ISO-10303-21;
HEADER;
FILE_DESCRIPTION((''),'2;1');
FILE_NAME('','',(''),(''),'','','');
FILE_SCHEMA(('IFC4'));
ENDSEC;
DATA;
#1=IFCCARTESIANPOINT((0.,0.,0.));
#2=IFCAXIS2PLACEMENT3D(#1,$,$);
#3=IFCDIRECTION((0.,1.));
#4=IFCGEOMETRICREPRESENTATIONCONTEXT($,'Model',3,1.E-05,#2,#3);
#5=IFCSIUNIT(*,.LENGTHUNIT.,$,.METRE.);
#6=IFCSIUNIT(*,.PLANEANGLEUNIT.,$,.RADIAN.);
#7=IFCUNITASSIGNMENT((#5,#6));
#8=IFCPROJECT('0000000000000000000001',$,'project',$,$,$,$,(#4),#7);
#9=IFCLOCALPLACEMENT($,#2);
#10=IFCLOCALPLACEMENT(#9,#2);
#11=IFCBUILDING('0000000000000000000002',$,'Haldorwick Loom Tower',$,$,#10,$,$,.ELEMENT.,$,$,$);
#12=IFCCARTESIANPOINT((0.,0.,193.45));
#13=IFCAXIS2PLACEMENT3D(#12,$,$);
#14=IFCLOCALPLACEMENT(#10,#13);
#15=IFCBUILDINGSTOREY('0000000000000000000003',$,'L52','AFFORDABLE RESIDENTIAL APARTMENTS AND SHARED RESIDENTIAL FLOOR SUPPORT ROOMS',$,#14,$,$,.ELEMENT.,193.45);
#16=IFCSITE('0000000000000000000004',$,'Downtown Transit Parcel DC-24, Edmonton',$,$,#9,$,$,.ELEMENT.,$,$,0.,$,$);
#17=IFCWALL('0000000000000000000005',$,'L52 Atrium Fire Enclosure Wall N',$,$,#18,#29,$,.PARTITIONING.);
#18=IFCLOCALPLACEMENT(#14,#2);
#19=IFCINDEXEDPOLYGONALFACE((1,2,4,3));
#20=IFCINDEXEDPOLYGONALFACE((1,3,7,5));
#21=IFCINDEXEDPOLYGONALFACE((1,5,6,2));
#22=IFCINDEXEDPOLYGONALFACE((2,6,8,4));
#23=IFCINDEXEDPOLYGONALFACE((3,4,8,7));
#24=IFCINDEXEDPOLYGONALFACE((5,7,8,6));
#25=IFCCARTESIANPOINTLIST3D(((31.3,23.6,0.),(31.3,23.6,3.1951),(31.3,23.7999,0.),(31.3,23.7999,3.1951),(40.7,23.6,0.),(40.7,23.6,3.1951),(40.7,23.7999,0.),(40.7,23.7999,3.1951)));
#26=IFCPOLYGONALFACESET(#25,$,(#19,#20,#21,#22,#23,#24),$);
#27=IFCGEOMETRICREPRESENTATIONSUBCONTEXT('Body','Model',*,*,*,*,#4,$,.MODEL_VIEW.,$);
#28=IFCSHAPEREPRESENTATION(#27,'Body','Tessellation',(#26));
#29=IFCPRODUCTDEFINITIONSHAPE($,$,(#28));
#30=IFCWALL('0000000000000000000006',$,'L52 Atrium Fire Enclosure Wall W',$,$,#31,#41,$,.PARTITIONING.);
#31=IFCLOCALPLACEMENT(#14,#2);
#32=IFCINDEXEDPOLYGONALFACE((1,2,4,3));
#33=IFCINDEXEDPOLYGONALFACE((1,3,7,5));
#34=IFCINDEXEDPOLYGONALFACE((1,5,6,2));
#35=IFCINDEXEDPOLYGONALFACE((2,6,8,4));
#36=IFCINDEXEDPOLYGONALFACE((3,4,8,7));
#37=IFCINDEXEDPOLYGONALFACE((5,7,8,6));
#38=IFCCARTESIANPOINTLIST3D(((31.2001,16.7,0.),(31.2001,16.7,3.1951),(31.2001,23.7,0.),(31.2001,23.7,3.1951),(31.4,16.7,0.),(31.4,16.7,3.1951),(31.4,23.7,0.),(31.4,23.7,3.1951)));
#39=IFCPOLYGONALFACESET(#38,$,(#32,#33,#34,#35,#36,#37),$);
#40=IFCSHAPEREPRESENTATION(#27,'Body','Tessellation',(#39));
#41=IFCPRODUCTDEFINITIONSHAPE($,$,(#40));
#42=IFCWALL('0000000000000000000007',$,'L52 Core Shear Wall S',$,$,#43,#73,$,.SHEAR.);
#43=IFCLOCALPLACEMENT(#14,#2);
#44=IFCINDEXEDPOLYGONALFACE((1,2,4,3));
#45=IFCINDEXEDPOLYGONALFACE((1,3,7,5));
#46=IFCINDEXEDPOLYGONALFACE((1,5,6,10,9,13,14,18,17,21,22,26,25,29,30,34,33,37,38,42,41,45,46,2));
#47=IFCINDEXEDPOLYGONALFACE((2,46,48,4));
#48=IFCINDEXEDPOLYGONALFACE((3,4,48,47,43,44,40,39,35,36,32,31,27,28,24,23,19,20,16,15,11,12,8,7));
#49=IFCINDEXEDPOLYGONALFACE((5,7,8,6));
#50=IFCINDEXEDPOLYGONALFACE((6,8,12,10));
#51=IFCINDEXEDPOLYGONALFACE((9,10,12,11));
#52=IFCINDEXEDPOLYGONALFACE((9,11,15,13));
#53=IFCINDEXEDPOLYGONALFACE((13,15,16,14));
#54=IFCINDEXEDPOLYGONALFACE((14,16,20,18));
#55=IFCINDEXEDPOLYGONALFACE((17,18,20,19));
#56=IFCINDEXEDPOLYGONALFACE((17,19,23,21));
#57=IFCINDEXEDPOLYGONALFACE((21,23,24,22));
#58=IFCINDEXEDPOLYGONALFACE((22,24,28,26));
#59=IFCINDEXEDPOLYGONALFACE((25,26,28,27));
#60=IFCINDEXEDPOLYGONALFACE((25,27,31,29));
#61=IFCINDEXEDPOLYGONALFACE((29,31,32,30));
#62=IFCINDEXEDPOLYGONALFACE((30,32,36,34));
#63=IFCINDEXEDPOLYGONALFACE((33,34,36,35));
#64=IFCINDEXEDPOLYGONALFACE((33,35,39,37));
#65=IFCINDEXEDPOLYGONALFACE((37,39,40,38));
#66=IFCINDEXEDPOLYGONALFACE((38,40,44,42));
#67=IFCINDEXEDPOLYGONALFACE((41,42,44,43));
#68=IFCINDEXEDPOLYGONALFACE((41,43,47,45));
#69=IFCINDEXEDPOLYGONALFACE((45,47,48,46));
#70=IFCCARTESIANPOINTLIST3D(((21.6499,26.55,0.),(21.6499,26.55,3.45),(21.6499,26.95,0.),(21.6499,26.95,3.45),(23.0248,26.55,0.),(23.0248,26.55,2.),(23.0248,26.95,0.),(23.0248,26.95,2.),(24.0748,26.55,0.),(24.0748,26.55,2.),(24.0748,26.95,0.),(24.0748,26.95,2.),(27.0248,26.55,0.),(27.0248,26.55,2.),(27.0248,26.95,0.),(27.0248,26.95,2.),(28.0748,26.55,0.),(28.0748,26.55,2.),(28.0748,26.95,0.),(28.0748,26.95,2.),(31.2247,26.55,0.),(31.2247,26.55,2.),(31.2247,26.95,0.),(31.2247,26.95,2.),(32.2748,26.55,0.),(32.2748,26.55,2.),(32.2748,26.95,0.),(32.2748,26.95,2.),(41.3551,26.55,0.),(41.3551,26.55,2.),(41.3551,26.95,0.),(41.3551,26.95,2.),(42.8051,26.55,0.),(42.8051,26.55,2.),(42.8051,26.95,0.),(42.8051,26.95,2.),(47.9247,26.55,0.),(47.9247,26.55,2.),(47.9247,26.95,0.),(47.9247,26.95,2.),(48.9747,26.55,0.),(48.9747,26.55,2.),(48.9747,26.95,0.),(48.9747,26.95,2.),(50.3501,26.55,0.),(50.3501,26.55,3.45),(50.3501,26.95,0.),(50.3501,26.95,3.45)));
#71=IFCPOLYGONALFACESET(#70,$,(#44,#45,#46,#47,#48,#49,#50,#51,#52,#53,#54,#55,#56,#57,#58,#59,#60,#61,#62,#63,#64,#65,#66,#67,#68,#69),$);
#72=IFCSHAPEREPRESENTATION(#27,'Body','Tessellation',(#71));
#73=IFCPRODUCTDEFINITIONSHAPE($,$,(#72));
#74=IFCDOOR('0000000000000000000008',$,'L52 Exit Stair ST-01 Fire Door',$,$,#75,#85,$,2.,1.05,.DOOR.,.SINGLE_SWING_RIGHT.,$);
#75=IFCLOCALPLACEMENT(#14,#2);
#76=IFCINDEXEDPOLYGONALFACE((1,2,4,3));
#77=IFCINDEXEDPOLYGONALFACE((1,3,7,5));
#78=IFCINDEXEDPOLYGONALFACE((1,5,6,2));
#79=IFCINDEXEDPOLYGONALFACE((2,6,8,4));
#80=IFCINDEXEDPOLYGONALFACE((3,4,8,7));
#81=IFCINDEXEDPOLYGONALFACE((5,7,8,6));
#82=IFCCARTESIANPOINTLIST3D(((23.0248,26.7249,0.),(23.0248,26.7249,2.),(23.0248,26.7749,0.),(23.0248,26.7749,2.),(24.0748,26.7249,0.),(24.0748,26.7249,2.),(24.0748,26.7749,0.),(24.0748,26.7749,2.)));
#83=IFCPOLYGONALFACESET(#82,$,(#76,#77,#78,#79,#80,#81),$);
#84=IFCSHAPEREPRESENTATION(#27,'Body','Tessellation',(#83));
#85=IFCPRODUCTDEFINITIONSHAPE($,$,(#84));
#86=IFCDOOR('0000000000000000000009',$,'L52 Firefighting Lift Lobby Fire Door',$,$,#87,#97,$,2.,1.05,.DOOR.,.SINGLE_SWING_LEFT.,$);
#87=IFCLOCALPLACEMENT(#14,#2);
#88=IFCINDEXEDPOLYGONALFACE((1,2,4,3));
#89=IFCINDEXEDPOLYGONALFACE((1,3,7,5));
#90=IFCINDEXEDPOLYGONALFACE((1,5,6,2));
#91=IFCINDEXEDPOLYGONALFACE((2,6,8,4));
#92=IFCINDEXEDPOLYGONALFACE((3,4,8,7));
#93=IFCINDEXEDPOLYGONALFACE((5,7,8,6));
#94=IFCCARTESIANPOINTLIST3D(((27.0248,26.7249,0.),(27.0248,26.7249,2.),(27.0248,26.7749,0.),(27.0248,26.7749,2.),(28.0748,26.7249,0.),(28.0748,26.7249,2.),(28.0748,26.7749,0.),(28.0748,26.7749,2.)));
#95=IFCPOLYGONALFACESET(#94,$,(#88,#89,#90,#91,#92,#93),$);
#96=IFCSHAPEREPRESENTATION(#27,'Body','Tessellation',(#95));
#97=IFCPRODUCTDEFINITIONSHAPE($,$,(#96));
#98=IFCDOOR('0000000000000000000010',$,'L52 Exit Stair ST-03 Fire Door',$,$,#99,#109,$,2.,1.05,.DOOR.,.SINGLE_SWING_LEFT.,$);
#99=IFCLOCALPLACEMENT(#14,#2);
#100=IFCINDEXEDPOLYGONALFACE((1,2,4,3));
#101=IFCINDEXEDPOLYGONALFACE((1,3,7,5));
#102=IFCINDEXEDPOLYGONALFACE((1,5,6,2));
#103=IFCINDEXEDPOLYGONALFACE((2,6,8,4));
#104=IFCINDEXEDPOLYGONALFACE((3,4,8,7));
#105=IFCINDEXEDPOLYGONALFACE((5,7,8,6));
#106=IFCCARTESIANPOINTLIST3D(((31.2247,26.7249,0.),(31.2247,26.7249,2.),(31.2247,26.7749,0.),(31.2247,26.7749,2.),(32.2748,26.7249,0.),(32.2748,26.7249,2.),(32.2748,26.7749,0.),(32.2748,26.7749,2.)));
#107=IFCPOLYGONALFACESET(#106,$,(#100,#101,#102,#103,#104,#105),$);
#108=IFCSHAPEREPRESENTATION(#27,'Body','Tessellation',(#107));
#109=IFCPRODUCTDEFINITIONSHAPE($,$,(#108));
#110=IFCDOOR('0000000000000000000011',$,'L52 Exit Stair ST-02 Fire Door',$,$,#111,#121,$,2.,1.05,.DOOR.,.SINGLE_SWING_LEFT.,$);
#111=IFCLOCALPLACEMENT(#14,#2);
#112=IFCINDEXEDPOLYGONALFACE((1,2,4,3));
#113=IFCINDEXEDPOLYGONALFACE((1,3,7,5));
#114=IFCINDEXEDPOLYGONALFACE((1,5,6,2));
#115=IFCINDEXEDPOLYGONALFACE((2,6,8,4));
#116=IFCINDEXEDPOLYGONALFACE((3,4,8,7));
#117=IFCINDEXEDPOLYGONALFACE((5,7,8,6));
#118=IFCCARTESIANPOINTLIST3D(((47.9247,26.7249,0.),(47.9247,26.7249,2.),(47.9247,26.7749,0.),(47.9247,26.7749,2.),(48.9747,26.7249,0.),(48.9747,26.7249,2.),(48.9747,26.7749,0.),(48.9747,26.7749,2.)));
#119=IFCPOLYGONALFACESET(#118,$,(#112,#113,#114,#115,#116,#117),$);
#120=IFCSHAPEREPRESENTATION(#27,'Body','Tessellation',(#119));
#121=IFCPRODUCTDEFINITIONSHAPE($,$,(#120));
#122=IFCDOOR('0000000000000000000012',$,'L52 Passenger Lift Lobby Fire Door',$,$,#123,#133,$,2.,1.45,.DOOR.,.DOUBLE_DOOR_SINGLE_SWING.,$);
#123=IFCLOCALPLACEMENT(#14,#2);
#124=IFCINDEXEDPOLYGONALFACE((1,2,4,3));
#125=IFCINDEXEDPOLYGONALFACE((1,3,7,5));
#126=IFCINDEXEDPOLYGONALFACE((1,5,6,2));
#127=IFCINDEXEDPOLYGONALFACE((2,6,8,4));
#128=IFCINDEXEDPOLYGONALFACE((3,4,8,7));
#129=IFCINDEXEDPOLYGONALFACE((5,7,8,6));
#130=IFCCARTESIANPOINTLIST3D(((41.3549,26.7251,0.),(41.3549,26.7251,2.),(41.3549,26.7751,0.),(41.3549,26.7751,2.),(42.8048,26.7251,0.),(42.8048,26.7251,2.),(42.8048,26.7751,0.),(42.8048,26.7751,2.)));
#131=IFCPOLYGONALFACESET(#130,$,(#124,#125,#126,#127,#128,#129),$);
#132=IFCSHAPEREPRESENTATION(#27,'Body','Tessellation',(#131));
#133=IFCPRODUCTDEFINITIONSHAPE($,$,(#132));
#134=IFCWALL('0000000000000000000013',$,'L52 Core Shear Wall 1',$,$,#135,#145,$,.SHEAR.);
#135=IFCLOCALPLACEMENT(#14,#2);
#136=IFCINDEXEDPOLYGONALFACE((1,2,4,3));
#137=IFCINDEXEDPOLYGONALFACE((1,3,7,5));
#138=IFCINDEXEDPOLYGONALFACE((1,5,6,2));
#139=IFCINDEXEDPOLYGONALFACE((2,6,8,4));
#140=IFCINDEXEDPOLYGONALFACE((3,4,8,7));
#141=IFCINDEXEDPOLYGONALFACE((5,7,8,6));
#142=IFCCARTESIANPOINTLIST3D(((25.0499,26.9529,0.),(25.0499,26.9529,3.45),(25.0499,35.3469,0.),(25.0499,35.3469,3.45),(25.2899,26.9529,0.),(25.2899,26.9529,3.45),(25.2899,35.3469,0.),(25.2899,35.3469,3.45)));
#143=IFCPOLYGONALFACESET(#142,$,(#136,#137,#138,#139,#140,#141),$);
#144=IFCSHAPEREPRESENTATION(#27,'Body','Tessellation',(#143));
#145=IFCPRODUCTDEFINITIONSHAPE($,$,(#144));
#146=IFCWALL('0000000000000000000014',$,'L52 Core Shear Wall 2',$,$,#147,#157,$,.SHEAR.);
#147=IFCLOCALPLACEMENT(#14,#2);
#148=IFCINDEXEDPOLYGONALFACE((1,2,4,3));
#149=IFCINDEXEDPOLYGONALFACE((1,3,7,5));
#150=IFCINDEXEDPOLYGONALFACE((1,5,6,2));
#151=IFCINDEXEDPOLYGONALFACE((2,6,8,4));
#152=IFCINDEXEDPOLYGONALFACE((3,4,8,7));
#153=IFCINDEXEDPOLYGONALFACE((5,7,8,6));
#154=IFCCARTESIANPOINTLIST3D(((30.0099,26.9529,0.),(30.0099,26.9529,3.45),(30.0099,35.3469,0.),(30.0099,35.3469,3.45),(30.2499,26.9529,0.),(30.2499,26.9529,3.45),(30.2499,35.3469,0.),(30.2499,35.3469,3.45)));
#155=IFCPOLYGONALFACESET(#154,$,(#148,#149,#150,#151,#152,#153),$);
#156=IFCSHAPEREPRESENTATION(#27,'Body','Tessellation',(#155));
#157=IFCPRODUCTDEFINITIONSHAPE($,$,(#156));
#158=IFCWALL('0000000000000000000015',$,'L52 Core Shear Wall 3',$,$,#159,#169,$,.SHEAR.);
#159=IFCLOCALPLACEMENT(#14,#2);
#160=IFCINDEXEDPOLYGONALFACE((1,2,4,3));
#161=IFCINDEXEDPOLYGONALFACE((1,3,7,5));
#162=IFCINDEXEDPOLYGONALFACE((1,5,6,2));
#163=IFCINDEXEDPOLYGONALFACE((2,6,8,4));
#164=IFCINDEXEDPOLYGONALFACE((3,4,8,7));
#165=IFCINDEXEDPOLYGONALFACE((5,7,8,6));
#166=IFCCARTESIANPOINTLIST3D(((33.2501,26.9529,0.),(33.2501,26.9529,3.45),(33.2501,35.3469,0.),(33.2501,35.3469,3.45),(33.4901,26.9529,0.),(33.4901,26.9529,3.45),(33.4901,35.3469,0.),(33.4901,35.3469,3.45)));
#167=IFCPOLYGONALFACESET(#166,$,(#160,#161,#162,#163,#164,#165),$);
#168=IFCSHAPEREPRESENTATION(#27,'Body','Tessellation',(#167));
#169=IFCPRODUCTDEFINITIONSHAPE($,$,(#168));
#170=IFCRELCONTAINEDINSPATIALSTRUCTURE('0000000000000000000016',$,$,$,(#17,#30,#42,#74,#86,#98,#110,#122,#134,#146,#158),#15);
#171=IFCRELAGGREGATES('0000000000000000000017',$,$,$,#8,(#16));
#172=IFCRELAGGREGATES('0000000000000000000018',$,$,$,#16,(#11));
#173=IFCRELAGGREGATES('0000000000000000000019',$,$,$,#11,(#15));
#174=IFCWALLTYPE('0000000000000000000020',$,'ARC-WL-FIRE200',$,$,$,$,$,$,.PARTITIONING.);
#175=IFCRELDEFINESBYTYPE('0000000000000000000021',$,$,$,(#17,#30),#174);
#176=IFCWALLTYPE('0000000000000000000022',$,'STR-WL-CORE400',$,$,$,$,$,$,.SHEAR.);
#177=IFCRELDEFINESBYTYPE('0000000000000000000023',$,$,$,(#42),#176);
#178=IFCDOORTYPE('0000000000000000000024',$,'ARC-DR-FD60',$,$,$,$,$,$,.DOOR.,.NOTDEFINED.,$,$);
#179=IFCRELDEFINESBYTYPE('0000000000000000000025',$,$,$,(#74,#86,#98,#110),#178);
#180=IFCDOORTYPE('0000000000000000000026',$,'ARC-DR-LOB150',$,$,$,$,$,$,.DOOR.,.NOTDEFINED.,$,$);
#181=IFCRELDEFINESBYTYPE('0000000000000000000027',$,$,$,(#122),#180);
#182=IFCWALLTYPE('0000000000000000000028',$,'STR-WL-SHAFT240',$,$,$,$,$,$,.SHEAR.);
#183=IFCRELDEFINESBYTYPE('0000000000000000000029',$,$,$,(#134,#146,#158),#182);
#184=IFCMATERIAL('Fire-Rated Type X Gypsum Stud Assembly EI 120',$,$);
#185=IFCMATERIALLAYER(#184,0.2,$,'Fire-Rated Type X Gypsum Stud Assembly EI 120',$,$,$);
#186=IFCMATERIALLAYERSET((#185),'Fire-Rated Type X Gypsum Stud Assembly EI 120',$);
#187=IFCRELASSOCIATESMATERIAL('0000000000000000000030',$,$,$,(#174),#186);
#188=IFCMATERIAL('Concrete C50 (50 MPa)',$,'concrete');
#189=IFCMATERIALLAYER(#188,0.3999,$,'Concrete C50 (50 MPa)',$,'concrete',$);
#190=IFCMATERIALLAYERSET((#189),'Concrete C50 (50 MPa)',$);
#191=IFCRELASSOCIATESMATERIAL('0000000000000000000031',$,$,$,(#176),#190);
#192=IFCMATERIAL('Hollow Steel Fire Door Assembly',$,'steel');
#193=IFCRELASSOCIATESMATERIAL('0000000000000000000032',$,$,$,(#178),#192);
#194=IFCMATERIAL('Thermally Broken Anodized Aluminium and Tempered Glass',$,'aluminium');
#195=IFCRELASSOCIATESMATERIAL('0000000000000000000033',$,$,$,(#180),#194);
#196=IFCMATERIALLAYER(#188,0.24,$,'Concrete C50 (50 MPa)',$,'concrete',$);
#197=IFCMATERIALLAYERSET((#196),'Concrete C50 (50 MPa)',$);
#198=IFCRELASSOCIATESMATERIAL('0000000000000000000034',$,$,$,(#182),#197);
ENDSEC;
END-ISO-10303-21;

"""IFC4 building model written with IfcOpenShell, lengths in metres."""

from ifc_helpers import new_model, si_unit, direction, frame, frame_2d, origin, place, context, subcontext, project, spatial, rectangle, extrude, material, layer, layer_set, type_object, element, fill, save


model = new_model("IFC4")

# Units and contexts
model_context = context("Model", 3, precision=1e-05, world=origin(), true_north=direction((0.0, 1.0)))
body_context = subcontext(model_context, "Body", "Model", "MODEL_VIEW")
ifc_project = project(units=[si_unit("LENGTHUNIT", "METRE"), si_unit("PLANEANGLEUNIT", "RADIAN")], contexts=[model_context])

# Site, building, storey
site_placement = place(None, origin())
site = spatial("IfcSite", under=ifc_project, at=site_placement, Name="Downtown Transit Parcel DC-24, Edmonton", CompositionType="ELEMENT", RefElevation=0.0)
building_placement = place(site_placement, origin())
building = spatial("IfcBuilding", under=site, at=building_placement, Name="Haldorwick Loom Tower", CompositionType="ELEMENT")
storey_placement = place(building_placement, frame((0.0, 0.0, 193.45)))
storey = spatial("IfcBuildingStorey", under=building, at=storey_placement, Name="L52", Description="AFFORDABLE RESIDENTIAL APARTMENTS AND SHARED RESIDENTIAL FLOOR SUPPORT ROOMS", CompositionType="ELEMENT", Elevation=193.45)

# Shared definitions
ifc_material_1 = material(Name="Concrete C50 (50 MPa)", Category="concrete")

# Walls
ifc_material_2 = material(Name="Fire-Rated Type X Gypsum Stud Assembly EI 120")
ifc_layer_1 = layer(ifc_material_2, 0.2, Name="Fire-Rated Type X Gypsum Stud Assembly EI 120")
ifc_layer_set_1 = layer_set([ifc_layer_1], Name="Fire-Rated Type X Gypsum Stud Assembly EI 120")
wall_type_1 = type_object("IfcWallType", Name="ARC-WL-FIRE200", PredefinedType="PARTITIONING", material=ifc_layer_set_1)
wall_1_placement = place(storey_placement, frame((31.3, 23.7, 0.0), z_axis=(0.0, 0.0, 1.0), x_axis=(1.0, 0.0, 0.0)))
element("IfcWall", 1, at=wall_1_placement, inside=storey, type_object=wall_type_1, Name="L52 Atrium Fire Enclosure Wall N", PredefinedType="PARTITIONING", context=body_context, shape_type="SweptSolid", body=[
    extrude(rectangle(XDim=9.3999, YDim=0.2, at=frame_2d((4.7, 0.0))), origin(), (0.0, 0.0, 1.0), 3.1951),
])
wall_2_placement = place(storey_placement, frame((31.3, 16.7, 0.0), z_axis=(0.0, 0.0, 1.0), x_axis=(0.0, 1.0, 0.0)))
element("IfcWall", 2, at=wall_2_placement, inside=storey, type_object=wall_type_1, Name="L52 Atrium Fire Enclosure Wall W", PredefinedType="PARTITIONING", context=body_context, shape_type="SweptSolid", body=[
    extrude(rectangle(XDim=7.0, YDim=0.2, at=frame_2d((3.5, 0.0))), origin(), (0.0, 0.0, 1.0), 3.1951),
])

# Wall, openings, doors
ifc_layer_2 = layer(ifc_material_1, 0.3999, Name="Concrete C50 (50 MPa)", Category="concrete")
ifc_layer_set_2 = layer_set([ifc_layer_2], Name="Concrete C50 (50 MPa)")
wall_type_2 = type_object("IfcWallType", Name="STR-WL-CORE400", PredefinedType="SHEAR", material=ifc_layer_set_2)
wall_3_placement = place(storey_placement, frame((21.6499, 26.75, 0.0), z_axis=(0.0, 0.0, 1.0), x_axis=(1.0, 0.0, 0.0)))
wall_3 = element("IfcWall", 3, at=wall_3_placement, inside=storey, type_object=wall_type_2, Name="L52 Core Shear Wall S", PredefinedType="SHEAR", context=body_context, shape_type="SweptSolid", body=[
    extrude(rectangle(XDim=28.7002, YDim=0.3999, at=frame_2d((14.3501, 0.0))), origin(), (0.0, 0.0, 1.0), 3.45),
])
opening_1_placement = place(wall_3_placement, frame((1.375, 0.0, 0.0)))
opening_1 = element("IfcOpeningElement", 4, at=opening_1_placement, cuts=wall_3, PredefinedType="OPENING", context=body_context, shape_type="SweptSolid", body=[
    extrude(rectangle(XDim=1.05, YDim=2.0, at=frame_2d((0.5249, 1.0))), frame((0.0, 0.21, 0.0), z_axis=(0.0, -1.0, 0.0), x_axis=(1.0, 0.0, 0.0)), (0.0, 0.0, 1.0), 0.4199),
])
opening_2_placement = place(wall_3_placement, frame((5.375, 0.0, 0.0)))
opening_2 = element("IfcOpeningElement", 5, at=opening_2_placement, cuts=wall_3, PredefinedType="OPENING", context=body_context, shape_type="SweptSolid", body=[
    extrude(rectangle(XDim=1.05, YDim=2.0, at=frame_2d((0.5249, 1.0))), frame((0.0, 0.21, 0.0), z_axis=(0.0, -1.0, 0.0), x_axis=(1.0, 0.0, 0.0)), (0.0, 0.0, 1.0), 0.4199),
])
opening_3_placement = place(wall_3_placement, frame((9.575, 0.0, 0.0)))
opening_3 = element("IfcOpeningElement", 6, at=opening_3_placement, cuts=wall_3, PredefinedType="OPENING", context=body_context, shape_type="SweptSolid", body=[
    extrude(rectangle(XDim=1.05, YDim=2.0, at=frame_2d((0.5249, 1.0))), frame((0.0, 0.21, 0.0), z_axis=(0.0, -1.0, 0.0), x_axis=(1.0, 0.0, 0.0)), (0.0, 0.0, 1.0), 0.4199),
])
opening_4_placement = place(wall_3_placement, frame((19.7051, 0.0, 0.0)))
opening_4 = element("IfcOpeningElement", 7, at=opening_4_placement, cuts=wall_3, PredefinedType="OPENING", context=body_context, shape_type="SweptSolid", body=[
    extrude(rectangle(XDim=1.45, YDim=2.0, at=frame_2d((0.7251, 1.0))), frame((0.0, 0.21, 0.0), z_axis=(0.0, -1.0, 0.0), x_axis=(1.0, 0.0, 0.0)), (0.0, 0.0, 1.0), 0.4199),
])
opening_5_placement = place(wall_3_placement, frame((26.2749, 0.0, 0.0)))
opening_5 = element("IfcOpeningElement", 8, at=opening_5_placement, cuts=wall_3, PredefinedType="OPENING", context=body_context, shape_type="SweptSolid", body=[
    extrude(rectangle(XDim=1.05, YDim=2.0, at=frame_2d((0.5249, 1.0))), frame((0.0, 0.21, 0.0), z_axis=(0.0, -1.0, 0.0), x_axis=(1.0, 0.0, 0.0)), (0.0, 0.0, 1.0), 0.4199),
])
ifc_material_3 = material(Name="Hollow Steel Fire Door Assembly", Category="steel")
door_type_1 = type_object("IfcDoorType", Name="ARC-DR-FD60", OperationType="NOTDEFINED", PredefinedType="DOOR", material=ifc_material_3)
door_1_placement = place(opening_1_placement, origin())
door_1 = element("IfcDoor", 9, at=door_1_placement, inside=storey, type_object=door_type_1, Name="L52 Exit Stair ST-01 Fire Door", OperationType="SINGLE_SWING_RIGHT", OverallHeight=2.0, OverallWidth=1.05, PredefinedType="DOOR", context=body_context, shape_type="SweptSolid", body=[
    extrude(rectangle(XDim=1.05, YDim=2.0, at=frame_2d((0.5249, 1.0))), frame((0.0, 0.0249, 0.0), z_axis=(0.0, -1.0, 0.0), x_axis=(1.0, 0.0, 0.0)), (0.0, 0.0, 1.0), 0.05),
])
fill(opening_1, door_1)
door_2_placement = place(opening_2_placement, origin())
door_2 = element("IfcDoor", 10, at=door_2_placement, inside=storey, type_object=door_type_1, Name="L52 Firefighting Lift Lobby Fire Door", OperationType="SINGLE_SWING_LEFT", OverallHeight=2.0, OverallWidth=1.05, PredefinedType="DOOR", context=body_context, shape_type="SweptSolid", body=[
    extrude(rectangle(XDim=1.05, YDim=2.0, at=frame_2d((0.5249, 1.0))), frame((0.0, 0.0249, 0.0), z_axis=(0.0, -1.0, 0.0), x_axis=(1.0, 0.0, 0.0)), (0.0, 0.0, 1.0), 0.05),
])
fill(opening_2, door_2)
door_3_placement = place(opening_3_placement, origin())
door_3 = element("IfcDoor", 11, at=door_3_placement, inside=storey, type_object=door_type_1, Name="L52 Exit Stair ST-03 Fire Door", OperationType="SINGLE_SWING_LEFT", OverallHeight=2.0, OverallWidth=1.05, PredefinedType="DOOR", context=body_context, shape_type="SweptSolid", body=[
    extrude(rectangle(XDim=1.05, YDim=2.0, at=frame_2d((0.5249, 1.0))), frame((0.0, 0.0249, 0.0), z_axis=(0.0, -1.0, 0.0), x_axis=(1.0, 0.0, 0.0)), (0.0, 0.0, 1.0), 0.05),
])
fill(opening_3, door_3)
door_4_placement = place(opening_5_placement, origin())
door_4 = element("IfcDoor", 12, at=door_4_placement, inside=storey, type_object=door_type_1, Name="L52 Exit Stair ST-02 Fire Door", OperationType="SINGLE_SWING_LEFT", OverallHeight=2.0, OverallWidth=1.05, PredefinedType="DOOR", context=body_context, shape_type="SweptSolid", body=[
    extrude(rectangle(XDim=1.05, YDim=2.0, at=frame_2d((0.5249, 1.0))), frame((0.0, 0.0249, 0.0), z_axis=(0.0, -1.0, 0.0), x_axis=(1.0, 0.0, 0.0)), (0.0, 0.0, 1.0), 0.05),
])
fill(opening_5, door_4)
ifc_material_4 = material(Name="Thermally Broken Anodized Aluminium and Tempered Glass", Category="aluminium")
door_type_2 = type_object("IfcDoorType", Name="ARC-DR-LOB150", OperationType="NOTDEFINED", PredefinedType="DOOR", material=ifc_material_4)
door_5_placement = place(opening_4_placement, frame((1.45, 0.0, 0.0), z_axis=(0.0, 0.0, 1.0), x_axis=(-1.0, 0.0, 0.0)))
door_5 = element("IfcDoor", 13, at=door_5_placement, inside=storey, type_object=door_type_2, Name="L52 Passenger Lift Lobby Fire Door", OperationType="DOUBLE_DOOR_SINGLE_SWING", OverallHeight=2.0, OverallWidth=1.45, PredefinedType="DOOR", context=body_context, shape_type="SweptSolid", body=[
    extrude(rectangle(XDim=1.45, YDim=2.0, at=frame_2d((0.7251, 1.0))), frame((0.0, 0.0249, 0.0), z_axis=(0.0, -1.0, 0.0), x_axis=(1.0, 0.0, 0.0)), (0.0, 0.0, 1.0), 0.05),
])
fill(opening_4, door_5)

# Walls
ifc_layer_3 = layer(ifc_material_1, 0.24, Name="Concrete C50 (50 MPa)", Category="concrete")
ifc_layer_set_3 = layer_set([ifc_layer_3], Name="Concrete C50 (50 MPa)")
wall_type_3 = type_object("IfcWallType", Name="STR-WL-SHAFT240", PredefinedType="SHEAR", material=ifc_layer_set_3)
for number, where, z_axis, x_axis, name in (
    (14, (25.1699, 26.9529, 0.0), (0.0, 0.0, 1.0), (0.0, 1.0, 0.0), "L52 Core Shear Wall 1"),
    (15, (30.1299, 26.9529, 0.0), (0.0, 0.0, 1.0), (0.0, 1.0, 0.0), "L52 Core Shear Wall 2"),
    (16, (33.3701, 26.9529, 0.0), (0.0, 0.0, 1.0), (0.0, 1.0, 0.0), "L52 Core Shear Wall 3"),
):
    element("IfcWall", number, at=place(storey_placement, frame(where, z_axis=z_axis, x_axis=x_axis)), inside=storey, type_object=wall_type_3, Name=name, PredefinedType="SHEAR", context=body_context, shape_type="SweptSolid", body=[
        extrude(rectangle(XDim=8.394, YDim=0.24, at=frame_2d((4.197, 0.0))), origin(), (0.0, 0.0, 1.0), 3.45),
    ])

save(model, "model.ifc")
